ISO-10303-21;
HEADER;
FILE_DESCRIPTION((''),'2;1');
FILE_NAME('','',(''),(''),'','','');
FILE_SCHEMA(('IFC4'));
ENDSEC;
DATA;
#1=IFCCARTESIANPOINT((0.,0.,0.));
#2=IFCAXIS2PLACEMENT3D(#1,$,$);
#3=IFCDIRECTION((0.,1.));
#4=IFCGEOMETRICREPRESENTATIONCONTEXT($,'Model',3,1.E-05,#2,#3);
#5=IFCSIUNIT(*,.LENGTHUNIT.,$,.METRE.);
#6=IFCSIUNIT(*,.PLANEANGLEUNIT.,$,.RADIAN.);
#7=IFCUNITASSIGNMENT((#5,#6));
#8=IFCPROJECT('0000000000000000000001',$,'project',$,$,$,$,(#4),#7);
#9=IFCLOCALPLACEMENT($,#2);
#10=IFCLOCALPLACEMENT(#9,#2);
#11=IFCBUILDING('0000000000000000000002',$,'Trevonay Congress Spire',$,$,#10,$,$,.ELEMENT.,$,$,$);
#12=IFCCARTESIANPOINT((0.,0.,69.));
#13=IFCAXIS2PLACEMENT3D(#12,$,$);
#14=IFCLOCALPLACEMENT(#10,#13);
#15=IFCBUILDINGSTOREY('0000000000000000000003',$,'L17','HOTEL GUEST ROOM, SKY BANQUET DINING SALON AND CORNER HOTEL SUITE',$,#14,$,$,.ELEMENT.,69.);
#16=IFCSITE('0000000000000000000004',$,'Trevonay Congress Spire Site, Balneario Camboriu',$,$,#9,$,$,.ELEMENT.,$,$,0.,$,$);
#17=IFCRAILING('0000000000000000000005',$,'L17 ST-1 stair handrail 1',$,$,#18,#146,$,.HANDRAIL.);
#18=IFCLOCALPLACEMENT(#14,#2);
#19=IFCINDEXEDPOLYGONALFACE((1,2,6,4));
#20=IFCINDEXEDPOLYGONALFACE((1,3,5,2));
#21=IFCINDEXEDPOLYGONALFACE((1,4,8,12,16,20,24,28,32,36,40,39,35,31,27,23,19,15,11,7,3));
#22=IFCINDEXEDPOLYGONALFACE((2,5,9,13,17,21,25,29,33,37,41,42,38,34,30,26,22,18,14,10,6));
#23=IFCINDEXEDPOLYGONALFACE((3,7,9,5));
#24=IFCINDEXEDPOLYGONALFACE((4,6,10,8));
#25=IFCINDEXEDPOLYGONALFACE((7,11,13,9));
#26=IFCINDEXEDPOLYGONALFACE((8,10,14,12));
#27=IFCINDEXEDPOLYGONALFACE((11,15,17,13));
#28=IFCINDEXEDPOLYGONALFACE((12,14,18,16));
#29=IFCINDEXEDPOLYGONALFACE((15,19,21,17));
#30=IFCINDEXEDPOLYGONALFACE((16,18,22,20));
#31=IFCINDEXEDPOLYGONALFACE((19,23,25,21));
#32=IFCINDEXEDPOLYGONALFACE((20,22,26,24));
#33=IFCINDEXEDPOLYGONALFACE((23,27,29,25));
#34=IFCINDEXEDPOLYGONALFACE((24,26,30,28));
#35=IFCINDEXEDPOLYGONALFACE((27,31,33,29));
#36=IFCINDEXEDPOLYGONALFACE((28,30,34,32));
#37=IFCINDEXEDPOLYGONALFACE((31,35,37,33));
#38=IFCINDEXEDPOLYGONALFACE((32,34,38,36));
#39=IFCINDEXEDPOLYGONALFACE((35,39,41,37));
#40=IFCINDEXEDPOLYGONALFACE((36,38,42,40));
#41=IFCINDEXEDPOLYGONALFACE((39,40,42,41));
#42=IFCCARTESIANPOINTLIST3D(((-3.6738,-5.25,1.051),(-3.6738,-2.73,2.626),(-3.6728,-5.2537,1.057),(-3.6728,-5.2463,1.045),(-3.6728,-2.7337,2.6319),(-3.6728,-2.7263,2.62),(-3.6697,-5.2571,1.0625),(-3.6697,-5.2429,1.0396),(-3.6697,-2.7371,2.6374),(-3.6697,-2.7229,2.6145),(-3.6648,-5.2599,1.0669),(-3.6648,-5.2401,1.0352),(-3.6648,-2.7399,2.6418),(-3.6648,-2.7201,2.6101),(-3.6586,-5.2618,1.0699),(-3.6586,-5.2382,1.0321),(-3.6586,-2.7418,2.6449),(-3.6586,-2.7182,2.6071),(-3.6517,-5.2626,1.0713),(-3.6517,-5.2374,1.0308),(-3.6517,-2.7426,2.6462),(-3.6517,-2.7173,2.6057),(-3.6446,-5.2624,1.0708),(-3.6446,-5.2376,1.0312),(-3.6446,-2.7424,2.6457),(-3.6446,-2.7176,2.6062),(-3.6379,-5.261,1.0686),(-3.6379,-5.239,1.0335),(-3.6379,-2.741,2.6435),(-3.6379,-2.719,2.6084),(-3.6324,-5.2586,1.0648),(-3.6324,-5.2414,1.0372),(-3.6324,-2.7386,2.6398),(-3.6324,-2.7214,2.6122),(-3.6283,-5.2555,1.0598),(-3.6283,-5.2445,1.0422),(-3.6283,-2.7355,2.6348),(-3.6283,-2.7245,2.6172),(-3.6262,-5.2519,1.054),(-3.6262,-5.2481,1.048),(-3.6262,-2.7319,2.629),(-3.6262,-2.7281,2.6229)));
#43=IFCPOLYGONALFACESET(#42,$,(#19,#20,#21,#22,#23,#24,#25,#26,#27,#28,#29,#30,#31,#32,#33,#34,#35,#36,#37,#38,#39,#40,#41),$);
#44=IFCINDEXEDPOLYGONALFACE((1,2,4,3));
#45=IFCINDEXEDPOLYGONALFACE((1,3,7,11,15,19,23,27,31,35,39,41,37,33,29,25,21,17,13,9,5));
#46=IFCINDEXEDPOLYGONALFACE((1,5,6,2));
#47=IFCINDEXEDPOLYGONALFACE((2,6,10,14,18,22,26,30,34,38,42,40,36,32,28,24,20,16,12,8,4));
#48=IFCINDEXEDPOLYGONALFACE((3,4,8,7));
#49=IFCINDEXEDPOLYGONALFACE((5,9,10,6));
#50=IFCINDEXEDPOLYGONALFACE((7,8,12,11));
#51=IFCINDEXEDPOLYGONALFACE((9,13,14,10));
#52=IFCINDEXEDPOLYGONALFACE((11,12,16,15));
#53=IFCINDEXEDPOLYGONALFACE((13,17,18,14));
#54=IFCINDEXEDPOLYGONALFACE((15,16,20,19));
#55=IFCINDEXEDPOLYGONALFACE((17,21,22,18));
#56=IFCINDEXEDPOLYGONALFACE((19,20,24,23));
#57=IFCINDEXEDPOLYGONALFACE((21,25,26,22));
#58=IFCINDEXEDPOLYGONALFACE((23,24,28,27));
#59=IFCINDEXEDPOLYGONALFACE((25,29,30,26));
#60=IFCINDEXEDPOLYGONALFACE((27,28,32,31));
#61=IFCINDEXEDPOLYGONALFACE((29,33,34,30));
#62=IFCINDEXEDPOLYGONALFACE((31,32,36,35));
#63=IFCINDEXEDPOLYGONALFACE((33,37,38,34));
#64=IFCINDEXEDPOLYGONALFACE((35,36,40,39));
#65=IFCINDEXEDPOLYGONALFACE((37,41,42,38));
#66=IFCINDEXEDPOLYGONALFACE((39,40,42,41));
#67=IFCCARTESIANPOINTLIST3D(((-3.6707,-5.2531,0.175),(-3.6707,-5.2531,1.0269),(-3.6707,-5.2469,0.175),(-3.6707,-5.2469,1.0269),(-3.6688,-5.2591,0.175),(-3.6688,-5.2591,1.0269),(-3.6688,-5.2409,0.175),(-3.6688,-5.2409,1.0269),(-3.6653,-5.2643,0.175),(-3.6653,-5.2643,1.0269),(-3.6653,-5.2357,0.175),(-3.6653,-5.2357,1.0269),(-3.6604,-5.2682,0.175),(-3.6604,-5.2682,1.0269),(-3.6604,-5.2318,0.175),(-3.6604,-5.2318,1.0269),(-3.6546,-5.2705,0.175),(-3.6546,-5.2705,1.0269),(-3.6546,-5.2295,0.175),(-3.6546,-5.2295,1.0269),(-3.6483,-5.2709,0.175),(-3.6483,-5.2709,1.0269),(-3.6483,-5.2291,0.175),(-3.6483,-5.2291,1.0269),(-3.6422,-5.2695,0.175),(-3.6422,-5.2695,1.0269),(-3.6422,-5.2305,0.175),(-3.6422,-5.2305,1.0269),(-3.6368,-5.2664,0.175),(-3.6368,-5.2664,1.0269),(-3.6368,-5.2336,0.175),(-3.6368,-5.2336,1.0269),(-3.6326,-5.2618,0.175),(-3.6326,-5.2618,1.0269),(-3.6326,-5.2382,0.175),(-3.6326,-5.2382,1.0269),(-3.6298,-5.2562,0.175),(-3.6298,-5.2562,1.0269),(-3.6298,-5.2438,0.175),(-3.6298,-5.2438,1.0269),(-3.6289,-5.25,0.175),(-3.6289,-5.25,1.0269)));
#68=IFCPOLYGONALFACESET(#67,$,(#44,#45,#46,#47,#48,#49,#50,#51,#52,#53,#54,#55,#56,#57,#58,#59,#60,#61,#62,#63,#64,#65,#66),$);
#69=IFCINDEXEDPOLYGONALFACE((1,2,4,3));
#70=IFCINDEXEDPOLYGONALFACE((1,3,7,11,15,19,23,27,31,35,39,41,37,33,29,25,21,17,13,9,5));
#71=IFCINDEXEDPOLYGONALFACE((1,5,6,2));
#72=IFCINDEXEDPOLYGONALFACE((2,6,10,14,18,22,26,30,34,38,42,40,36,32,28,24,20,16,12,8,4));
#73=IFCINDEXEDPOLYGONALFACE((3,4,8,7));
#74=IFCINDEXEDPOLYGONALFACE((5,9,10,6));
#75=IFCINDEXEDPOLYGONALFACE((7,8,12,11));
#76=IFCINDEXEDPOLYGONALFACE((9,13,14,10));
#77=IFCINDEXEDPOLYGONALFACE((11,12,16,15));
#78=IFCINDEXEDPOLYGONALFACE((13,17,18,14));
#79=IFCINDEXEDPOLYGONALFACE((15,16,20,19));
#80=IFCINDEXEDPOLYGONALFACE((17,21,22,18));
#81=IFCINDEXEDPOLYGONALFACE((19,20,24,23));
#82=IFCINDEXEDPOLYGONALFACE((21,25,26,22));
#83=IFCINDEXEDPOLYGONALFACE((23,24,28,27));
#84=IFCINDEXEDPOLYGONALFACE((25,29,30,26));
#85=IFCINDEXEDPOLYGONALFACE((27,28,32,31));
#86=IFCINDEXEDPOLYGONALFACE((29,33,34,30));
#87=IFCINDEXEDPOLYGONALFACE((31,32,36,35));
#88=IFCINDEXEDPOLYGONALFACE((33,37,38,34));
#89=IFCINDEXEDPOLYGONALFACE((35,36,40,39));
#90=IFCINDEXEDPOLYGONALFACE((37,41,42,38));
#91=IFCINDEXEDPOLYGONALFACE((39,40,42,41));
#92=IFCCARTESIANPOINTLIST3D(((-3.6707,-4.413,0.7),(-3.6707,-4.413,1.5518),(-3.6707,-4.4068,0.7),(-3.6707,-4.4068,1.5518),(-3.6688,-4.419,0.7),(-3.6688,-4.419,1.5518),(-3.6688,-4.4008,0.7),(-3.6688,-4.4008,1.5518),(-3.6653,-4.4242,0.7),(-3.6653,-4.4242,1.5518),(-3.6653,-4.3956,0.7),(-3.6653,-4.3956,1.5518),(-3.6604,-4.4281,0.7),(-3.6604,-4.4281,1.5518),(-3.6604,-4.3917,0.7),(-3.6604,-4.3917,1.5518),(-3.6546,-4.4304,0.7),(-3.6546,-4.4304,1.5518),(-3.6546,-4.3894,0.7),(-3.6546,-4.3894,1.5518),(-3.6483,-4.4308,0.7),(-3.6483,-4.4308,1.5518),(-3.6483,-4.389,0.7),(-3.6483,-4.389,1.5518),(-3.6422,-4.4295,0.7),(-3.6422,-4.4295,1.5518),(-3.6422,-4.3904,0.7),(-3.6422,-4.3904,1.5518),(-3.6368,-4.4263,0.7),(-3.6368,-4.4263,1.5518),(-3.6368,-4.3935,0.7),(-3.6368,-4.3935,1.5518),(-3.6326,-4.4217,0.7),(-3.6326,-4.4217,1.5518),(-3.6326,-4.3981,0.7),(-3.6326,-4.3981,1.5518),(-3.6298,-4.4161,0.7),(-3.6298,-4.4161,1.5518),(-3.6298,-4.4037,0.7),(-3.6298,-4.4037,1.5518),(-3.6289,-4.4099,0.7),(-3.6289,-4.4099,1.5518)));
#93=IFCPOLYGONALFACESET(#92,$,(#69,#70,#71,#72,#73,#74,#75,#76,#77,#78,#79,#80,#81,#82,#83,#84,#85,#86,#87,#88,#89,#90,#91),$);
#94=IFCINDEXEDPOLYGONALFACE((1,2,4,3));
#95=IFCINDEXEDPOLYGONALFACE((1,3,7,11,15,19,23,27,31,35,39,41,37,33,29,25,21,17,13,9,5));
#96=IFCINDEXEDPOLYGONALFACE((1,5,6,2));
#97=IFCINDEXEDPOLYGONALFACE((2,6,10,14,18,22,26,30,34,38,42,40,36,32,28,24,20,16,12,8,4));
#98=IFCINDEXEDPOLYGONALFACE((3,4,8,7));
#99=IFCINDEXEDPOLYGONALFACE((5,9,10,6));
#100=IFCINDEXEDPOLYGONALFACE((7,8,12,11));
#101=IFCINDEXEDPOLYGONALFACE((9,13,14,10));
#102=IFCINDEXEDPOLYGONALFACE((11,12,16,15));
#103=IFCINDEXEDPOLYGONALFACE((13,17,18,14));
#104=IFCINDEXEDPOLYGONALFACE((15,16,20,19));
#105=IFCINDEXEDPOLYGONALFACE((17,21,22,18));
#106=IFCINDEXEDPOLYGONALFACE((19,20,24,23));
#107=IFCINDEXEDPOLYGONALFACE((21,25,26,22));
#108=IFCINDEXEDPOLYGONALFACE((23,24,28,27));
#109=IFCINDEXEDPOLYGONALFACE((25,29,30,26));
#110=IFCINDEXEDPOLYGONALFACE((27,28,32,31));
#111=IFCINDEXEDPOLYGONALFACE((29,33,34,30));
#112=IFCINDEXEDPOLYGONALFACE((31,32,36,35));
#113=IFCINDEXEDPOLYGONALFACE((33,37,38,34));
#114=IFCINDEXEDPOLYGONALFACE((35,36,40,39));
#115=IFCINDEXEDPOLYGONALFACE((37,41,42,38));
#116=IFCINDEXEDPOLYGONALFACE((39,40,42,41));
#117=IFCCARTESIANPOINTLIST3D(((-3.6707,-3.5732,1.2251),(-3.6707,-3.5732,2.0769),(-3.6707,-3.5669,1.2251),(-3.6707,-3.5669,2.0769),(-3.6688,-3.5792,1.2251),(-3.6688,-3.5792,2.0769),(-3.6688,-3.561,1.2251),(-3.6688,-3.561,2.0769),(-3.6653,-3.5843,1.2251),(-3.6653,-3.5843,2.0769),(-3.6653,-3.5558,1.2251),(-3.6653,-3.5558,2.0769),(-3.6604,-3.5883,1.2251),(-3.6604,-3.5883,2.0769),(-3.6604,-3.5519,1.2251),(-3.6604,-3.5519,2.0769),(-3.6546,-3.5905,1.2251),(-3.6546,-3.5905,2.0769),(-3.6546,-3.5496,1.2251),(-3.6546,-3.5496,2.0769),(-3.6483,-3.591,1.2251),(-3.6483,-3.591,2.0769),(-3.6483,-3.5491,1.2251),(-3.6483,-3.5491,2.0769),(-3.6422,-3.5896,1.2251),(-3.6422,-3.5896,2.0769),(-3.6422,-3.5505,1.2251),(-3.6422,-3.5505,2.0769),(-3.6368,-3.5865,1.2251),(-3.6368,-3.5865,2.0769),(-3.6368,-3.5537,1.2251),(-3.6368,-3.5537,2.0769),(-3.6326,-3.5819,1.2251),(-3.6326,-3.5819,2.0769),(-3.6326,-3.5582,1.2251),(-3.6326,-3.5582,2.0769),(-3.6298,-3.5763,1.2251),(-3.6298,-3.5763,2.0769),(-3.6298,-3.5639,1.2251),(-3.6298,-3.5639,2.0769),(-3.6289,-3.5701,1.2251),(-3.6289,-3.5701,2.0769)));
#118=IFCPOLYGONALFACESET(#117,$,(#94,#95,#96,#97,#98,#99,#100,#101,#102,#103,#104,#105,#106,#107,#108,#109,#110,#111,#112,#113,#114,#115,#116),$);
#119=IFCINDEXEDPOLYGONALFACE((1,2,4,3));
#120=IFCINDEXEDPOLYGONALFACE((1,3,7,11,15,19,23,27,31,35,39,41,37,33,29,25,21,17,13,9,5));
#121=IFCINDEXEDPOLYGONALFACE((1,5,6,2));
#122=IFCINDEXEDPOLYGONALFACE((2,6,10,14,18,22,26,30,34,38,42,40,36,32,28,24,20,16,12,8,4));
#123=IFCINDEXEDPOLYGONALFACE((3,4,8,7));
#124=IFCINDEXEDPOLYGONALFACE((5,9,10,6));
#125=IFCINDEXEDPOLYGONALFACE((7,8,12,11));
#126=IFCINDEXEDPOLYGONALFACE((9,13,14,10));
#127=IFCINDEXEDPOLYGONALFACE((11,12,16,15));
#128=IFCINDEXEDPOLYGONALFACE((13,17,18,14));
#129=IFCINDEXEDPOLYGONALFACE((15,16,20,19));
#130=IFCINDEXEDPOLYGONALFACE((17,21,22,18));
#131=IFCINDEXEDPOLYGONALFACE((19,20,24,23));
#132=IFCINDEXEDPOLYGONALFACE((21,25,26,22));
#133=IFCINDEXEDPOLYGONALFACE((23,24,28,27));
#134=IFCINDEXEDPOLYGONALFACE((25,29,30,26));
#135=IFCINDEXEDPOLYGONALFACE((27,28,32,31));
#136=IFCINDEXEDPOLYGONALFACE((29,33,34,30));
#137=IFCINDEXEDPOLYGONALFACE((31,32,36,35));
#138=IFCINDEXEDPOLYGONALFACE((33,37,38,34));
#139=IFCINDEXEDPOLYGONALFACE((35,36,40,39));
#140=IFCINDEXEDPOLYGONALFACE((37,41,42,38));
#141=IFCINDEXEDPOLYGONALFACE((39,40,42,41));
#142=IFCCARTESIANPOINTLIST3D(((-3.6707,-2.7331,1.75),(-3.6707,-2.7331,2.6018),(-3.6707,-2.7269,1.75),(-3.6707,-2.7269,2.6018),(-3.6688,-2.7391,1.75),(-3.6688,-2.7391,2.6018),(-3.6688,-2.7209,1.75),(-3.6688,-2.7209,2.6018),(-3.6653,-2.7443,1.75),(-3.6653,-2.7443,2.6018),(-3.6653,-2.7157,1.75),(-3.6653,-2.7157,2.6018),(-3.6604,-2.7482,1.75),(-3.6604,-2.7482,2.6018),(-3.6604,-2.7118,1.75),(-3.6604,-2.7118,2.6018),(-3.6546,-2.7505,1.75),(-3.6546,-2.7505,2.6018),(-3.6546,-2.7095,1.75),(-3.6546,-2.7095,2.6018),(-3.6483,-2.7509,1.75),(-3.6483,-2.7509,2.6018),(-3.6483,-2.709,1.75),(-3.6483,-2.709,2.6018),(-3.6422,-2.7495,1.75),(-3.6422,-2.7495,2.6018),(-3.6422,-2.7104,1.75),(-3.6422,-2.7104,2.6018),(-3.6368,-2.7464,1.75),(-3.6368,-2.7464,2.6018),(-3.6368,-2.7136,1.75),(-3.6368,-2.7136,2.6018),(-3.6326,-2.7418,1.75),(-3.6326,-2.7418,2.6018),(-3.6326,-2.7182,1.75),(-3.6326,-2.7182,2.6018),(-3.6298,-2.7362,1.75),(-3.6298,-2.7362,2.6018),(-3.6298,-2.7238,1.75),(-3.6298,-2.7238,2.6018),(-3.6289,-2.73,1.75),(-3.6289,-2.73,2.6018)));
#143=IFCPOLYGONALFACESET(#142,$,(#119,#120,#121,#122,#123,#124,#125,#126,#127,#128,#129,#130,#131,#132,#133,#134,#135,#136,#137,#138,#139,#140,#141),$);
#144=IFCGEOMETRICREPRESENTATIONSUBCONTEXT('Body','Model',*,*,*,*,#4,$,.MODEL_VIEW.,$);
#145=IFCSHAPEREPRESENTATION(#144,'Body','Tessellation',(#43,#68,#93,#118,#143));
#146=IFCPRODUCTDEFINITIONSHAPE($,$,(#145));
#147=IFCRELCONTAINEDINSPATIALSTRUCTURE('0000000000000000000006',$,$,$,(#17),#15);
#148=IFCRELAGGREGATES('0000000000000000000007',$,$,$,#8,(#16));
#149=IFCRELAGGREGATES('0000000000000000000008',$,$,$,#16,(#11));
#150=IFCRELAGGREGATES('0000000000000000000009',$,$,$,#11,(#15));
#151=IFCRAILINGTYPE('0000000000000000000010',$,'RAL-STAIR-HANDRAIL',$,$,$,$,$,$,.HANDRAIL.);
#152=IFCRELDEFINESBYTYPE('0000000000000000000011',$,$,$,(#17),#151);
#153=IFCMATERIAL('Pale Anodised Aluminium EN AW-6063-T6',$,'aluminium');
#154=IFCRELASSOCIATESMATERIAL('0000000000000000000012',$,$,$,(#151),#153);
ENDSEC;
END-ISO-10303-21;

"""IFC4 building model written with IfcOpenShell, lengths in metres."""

from ifc_helpers import new_model, si_unit, direction, frame, origin, origin_2d, place, context, subcontext, project, spatial, circle, extrude, material, type_object, element, save


model = new_model("IFC4")

# Units and contexts
model_context = context("Model", 3, precision=1e-05, world=origin(), true_north=direction((0.0, 1.0)))
body_context = subcontext(model_context, "Body", "Model", "MODEL_VIEW")
ifc_project = project(units=[si_unit("LENGTHUNIT", "METRE"), si_unit("PLANEANGLEUNIT", "RADIAN")], contexts=[model_context])

# Site, building, storey
site_placement = place(None, origin())
site = spatial("IfcSite", under=ifc_project, at=site_placement, Name="Trevonay Congress Spire Site, Balneario Camboriu", CompositionType="ELEMENT", RefElevation=0.0)
building_placement = place(site_placement, origin())
building = spatial("IfcBuilding", under=site, at=building_placement, Name="Trevonay Congress Spire", CompositionType="ELEMENT")
storey_placement = place(building_placement, frame((0.0, 0.0, 69.0)))
storey = spatial("IfcBuildingStorey", under=building, at=storey_placement, Name="L17", Description="HOTEL GUEST ROOM, SKY BANQUET DINING SALON AND CORNER HOTEL SUITE", CompositionType="ELEMENT", Elevation=69.0)

# Shared definitions
ifc_material_1 = material(Name="Pale Anodised Aluminium EN AW-6063-T6", Category="aluminium")

# Railing
railing_type_1 = type_object("IfcRailingType", Name="RAL-STAIR-HANDRAIL", PredefinedType="HANDRAIL", material=ifc_material_1)
railing_1_placement = place(storey_placement, frame((-3.6499, -5.25, 0.175)))
element("IfcRailing", 1, at=railing_1_placement, inside=storey, type_object=railing_type_1, Name="L17 ST-1 stair handrail 1", PredefinedType="HANDRAIL", context=body_context, shape_type="SweptSolid", body=[
    extrude(circle(Radius=0.0239, at=origin_2d()), frame((0.0, 0.0, 0.876), z_axis=(0.0, 0.848008, 0.529984), x_axis=(-1.0, 0.0, 0.0)), (0.0, 0.0, 1.0), 2.9717),
    extrude(circle(Radius=0.021, at=origin_2d()), origin(), (0.0, 0.0, 1.0), 0.8518),
    extrude(circle(Radius=0.021, at=origin_2d()), frame((0.0, 0.8401, 0.5249)), (0.0, 0.0, 1.0), 0.8518),
    extrude(circle(Radius=0.021, at=origin_2d()), frame((0.0, 1.6799, 1.05)), (0.0, 0.0, 1.0), 0.8518),
    extrude(circle(Radius=0.021, at=origin_2d()), frame((0.0, 2.52, 1.575)), (0.0, 0.0, 1.0), 0.8518),
])

save(model, "model.ifc")
